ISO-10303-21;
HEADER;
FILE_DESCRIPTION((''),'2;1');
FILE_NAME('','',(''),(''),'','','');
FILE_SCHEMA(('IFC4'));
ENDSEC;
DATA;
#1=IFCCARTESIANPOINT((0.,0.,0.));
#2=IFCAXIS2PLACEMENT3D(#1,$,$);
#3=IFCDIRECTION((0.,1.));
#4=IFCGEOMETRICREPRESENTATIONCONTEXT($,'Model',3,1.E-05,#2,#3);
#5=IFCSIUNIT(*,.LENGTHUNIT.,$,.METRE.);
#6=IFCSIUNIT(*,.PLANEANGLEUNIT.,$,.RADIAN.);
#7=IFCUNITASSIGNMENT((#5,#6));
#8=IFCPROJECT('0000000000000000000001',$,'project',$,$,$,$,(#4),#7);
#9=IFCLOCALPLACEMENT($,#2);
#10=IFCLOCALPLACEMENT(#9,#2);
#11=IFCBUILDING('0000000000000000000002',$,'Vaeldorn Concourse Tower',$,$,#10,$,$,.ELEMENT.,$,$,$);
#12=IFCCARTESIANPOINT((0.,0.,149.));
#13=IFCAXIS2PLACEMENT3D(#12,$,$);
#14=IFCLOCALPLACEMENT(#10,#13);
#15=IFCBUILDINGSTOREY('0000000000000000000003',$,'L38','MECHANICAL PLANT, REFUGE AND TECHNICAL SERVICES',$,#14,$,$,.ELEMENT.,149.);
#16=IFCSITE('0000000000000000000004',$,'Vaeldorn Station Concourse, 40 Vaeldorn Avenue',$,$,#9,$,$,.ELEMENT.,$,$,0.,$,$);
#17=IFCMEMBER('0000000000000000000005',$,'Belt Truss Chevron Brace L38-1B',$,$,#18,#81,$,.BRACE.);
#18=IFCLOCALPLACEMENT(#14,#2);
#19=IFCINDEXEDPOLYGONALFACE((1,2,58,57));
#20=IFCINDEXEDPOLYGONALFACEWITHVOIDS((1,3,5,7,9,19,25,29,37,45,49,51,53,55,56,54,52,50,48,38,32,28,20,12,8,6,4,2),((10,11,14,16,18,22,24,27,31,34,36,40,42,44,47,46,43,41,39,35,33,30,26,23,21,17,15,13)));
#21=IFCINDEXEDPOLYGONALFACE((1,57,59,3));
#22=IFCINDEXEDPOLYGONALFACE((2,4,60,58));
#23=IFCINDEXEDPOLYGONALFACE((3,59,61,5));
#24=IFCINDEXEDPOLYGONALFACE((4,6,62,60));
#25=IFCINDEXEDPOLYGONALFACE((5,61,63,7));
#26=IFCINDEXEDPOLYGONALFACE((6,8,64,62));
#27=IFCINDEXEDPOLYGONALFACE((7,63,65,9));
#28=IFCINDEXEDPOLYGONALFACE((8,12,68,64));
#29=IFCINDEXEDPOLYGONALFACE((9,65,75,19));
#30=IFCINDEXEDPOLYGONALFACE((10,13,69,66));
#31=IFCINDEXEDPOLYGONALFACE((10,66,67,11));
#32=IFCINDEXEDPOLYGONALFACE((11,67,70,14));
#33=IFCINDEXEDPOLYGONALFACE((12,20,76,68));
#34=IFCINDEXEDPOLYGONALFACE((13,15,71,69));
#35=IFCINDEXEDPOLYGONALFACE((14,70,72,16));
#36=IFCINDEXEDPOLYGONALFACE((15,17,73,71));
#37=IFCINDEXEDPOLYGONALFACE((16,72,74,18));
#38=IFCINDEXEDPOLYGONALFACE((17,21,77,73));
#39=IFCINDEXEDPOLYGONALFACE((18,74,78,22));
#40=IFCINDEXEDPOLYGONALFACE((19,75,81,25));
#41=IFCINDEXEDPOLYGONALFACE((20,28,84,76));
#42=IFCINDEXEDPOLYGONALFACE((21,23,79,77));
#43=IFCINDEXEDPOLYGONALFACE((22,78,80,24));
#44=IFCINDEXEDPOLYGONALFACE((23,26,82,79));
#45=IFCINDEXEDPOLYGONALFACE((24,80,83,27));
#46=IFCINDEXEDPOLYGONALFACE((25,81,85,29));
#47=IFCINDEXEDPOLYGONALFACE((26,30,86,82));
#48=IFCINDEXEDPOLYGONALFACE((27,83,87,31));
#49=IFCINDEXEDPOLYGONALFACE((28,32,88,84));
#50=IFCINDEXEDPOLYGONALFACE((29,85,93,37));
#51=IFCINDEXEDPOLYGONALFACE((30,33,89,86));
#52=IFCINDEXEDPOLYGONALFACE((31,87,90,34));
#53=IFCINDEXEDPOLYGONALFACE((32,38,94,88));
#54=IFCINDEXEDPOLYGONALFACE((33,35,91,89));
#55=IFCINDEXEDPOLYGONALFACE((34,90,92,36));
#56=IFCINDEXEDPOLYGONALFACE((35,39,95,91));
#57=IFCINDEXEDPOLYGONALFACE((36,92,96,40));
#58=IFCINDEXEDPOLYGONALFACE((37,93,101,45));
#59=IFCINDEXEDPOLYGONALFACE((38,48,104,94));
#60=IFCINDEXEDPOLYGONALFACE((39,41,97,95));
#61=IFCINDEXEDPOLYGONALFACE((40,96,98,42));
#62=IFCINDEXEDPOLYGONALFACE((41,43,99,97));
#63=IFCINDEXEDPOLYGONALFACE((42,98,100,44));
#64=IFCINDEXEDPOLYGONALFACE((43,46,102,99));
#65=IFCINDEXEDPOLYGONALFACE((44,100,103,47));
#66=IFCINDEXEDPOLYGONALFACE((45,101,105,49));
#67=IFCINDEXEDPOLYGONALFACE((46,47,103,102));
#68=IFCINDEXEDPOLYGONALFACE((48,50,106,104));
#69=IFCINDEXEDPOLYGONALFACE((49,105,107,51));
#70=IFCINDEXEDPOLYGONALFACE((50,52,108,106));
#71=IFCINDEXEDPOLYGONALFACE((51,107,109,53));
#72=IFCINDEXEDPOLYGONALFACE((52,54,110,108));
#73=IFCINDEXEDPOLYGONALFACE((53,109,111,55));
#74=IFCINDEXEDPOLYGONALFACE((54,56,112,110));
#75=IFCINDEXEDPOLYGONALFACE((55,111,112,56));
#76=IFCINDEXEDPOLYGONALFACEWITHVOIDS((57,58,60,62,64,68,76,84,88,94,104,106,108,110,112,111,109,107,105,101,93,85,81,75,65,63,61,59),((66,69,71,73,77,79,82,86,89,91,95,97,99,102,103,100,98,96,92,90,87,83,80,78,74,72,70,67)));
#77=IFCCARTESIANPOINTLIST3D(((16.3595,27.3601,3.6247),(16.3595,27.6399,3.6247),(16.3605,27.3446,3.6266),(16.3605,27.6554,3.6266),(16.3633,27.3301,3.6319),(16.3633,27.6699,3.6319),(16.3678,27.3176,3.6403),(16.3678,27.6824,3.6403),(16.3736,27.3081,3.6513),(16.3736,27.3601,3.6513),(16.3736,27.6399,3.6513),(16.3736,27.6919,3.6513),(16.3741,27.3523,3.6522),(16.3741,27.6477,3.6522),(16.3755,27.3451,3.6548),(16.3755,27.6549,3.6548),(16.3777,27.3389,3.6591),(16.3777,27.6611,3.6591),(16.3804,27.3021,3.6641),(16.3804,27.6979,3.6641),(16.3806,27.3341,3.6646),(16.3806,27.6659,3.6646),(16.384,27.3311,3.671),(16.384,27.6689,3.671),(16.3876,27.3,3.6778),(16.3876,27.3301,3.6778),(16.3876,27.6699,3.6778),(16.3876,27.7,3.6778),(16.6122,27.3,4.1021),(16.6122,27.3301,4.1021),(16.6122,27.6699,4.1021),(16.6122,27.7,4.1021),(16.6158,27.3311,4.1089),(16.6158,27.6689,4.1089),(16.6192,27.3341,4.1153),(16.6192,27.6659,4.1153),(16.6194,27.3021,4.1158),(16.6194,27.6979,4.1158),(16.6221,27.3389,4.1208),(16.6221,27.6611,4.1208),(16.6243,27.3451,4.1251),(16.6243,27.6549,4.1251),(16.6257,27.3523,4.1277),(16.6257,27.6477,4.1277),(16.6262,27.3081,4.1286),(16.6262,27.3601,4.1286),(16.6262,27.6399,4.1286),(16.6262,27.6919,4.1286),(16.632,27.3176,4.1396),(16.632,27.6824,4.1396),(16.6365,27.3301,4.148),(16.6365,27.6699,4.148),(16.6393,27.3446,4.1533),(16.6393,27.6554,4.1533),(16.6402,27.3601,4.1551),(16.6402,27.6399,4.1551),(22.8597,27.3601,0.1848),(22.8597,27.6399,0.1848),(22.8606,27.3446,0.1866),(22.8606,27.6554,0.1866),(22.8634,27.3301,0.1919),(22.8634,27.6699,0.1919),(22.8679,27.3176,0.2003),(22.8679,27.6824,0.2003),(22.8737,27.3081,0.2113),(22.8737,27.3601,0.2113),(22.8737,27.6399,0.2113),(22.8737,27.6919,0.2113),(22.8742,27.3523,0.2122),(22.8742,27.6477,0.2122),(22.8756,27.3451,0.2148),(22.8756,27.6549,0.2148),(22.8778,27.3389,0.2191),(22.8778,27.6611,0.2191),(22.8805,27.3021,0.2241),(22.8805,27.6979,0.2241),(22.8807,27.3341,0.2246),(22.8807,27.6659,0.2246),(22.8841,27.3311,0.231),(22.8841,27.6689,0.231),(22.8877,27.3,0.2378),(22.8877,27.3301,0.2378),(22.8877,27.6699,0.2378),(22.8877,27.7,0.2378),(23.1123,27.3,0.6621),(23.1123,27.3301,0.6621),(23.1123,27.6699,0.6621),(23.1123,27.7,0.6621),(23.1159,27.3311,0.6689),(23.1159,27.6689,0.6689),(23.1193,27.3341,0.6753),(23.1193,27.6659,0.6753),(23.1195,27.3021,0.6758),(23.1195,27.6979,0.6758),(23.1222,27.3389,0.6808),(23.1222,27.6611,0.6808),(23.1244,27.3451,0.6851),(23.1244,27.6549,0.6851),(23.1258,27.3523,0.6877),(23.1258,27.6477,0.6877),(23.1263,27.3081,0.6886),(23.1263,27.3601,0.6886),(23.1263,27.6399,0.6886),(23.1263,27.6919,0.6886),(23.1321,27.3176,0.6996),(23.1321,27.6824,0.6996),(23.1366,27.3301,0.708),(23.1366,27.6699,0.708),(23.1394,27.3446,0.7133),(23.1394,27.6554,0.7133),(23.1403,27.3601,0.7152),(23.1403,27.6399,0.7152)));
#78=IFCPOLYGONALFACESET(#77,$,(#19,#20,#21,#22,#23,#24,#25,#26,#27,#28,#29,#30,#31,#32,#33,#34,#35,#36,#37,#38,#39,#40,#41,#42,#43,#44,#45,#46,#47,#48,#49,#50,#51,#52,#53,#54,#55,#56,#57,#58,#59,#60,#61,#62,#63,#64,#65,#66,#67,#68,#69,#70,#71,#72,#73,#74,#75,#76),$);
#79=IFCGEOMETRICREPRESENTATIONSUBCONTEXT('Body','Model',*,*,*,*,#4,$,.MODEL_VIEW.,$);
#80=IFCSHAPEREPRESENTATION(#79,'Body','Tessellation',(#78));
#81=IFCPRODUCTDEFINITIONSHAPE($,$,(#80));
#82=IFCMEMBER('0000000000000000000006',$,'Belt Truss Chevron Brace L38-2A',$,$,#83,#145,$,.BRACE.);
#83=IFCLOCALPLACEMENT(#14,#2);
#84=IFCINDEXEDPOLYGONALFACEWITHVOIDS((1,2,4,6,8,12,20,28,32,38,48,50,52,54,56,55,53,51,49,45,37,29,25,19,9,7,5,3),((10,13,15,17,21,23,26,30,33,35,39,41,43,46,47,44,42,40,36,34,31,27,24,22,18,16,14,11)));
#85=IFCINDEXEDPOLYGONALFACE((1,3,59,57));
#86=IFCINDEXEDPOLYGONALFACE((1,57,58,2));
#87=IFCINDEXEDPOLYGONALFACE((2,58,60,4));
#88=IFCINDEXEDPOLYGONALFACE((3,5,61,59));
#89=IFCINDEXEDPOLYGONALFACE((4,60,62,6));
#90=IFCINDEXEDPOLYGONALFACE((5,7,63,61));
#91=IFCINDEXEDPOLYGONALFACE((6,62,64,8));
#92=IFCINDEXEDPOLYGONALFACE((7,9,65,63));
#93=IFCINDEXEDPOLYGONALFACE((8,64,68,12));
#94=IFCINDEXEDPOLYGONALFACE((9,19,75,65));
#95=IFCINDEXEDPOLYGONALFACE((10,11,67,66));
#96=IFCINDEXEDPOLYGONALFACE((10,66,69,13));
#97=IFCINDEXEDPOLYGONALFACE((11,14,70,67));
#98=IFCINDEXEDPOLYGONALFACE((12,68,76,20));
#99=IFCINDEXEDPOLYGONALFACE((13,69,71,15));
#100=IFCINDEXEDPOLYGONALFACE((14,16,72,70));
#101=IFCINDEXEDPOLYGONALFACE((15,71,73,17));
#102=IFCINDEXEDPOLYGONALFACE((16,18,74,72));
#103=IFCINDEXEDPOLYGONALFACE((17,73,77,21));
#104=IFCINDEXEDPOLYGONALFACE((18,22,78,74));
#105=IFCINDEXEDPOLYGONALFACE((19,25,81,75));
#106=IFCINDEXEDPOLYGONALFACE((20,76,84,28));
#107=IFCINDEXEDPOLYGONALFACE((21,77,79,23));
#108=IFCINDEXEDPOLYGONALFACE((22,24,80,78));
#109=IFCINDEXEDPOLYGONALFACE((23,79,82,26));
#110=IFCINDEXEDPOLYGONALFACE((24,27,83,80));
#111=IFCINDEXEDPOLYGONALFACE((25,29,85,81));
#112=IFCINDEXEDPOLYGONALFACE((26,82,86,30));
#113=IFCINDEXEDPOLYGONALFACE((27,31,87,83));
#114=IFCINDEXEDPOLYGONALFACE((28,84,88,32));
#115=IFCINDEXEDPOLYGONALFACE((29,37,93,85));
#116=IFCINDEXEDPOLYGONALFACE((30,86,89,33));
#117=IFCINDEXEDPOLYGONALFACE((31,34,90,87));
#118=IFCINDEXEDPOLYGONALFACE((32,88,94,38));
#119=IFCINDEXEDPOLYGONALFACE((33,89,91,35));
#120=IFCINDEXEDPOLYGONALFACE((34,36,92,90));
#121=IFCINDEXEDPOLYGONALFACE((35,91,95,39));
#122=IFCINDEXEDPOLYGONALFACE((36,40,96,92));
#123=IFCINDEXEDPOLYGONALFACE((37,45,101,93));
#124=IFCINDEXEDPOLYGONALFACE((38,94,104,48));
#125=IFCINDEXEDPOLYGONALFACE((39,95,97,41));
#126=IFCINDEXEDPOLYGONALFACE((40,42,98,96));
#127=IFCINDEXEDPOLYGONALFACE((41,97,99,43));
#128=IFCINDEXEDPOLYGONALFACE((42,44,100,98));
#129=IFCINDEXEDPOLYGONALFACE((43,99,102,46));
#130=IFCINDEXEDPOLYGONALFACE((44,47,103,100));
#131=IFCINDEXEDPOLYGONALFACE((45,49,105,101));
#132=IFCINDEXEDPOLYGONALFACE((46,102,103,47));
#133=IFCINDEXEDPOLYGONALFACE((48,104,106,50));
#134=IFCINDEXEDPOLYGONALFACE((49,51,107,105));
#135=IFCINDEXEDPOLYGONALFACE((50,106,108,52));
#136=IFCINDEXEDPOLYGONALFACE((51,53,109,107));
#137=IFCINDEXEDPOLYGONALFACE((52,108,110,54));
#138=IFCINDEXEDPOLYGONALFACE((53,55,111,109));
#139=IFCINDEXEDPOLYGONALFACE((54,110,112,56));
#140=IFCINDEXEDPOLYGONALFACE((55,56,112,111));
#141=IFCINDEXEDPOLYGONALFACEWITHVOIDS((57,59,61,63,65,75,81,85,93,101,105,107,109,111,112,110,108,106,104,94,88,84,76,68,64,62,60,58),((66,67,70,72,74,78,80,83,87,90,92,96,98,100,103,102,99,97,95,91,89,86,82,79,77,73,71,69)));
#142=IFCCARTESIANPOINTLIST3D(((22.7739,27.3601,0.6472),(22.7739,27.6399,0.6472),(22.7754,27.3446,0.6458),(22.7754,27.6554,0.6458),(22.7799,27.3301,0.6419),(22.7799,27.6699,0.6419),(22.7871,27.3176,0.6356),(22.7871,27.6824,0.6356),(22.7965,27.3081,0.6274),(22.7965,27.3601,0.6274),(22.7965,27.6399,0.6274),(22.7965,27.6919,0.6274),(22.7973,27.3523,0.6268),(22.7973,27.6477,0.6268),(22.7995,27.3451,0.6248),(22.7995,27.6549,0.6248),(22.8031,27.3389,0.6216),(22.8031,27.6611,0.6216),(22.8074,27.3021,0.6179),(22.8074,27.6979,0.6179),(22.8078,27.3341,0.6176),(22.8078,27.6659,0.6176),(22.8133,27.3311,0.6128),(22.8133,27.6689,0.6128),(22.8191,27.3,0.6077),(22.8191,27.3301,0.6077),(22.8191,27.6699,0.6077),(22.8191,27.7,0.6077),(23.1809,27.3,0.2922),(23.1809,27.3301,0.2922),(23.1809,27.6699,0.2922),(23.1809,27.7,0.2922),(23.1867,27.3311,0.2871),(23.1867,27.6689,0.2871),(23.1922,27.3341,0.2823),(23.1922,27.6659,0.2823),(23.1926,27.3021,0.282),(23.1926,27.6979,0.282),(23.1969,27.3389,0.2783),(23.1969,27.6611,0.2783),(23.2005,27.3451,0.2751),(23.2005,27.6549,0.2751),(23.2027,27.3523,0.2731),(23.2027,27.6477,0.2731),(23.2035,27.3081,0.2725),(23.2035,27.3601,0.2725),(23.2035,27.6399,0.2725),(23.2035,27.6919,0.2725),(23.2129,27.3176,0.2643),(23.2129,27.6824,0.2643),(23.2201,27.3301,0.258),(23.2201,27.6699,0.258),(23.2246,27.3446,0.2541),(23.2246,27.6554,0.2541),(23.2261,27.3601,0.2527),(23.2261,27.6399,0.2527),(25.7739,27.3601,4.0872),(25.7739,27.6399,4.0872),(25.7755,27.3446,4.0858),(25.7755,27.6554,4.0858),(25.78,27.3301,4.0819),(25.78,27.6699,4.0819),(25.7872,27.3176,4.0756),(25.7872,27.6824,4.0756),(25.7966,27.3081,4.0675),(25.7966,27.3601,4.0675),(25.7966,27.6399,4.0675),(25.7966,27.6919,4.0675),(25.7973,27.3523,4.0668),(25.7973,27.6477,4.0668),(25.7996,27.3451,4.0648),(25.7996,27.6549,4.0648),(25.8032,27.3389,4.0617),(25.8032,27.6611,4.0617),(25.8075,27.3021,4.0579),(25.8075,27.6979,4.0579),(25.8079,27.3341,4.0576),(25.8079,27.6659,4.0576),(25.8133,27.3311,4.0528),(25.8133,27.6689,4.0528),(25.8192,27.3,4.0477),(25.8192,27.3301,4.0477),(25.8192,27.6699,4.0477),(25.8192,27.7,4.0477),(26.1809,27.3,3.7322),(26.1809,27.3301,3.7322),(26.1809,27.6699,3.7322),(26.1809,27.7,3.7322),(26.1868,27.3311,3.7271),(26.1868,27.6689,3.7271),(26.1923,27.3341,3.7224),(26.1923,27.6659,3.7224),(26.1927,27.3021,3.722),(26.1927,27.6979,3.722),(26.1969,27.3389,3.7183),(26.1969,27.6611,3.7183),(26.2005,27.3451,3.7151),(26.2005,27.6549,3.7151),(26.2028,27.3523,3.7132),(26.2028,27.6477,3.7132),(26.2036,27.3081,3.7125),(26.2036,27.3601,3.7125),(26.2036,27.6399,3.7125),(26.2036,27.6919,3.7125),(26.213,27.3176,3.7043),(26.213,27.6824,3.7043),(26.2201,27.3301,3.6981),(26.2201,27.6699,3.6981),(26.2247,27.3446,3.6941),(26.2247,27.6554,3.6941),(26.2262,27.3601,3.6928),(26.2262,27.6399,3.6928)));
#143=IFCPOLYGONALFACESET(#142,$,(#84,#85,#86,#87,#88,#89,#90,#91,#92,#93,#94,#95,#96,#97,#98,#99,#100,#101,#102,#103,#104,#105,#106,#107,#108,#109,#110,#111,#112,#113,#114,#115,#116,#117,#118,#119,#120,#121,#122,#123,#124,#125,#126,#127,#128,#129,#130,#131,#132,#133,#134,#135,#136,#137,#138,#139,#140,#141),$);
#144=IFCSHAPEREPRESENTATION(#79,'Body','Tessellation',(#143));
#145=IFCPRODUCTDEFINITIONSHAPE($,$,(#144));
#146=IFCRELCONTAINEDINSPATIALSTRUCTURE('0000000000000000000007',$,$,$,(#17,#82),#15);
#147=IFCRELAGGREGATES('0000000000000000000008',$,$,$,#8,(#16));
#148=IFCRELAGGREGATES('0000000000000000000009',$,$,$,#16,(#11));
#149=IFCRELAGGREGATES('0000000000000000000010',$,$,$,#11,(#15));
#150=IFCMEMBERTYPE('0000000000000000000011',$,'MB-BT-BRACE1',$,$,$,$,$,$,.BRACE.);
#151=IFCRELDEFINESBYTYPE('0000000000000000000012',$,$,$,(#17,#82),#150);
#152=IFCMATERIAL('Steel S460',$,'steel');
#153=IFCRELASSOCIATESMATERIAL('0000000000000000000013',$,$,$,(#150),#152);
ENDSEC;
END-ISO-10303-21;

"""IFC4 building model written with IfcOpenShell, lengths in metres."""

from ifc_helpers import new_model, si_unit, direction, frame, origin, origin_2d, place, context, subcontext, project, spatial, hollow_rectangle, extrude, source, transform, mapped, material, material_profile, profile_set, type_object, element, save


model = new_model("IFC4")

# Units and contexts
model_context = context("Model", 3, precision=1e-05, world=origin(), true_north=direction((0.0, 1.0)))
body_context = subcontext(model_context, "Body", "Model", "MODEL_VIEW")
ifc_project = project(units=[si_unit("LENGTHUNIT", "METRE"), si_unit("PLANEANGLEUNIT", "RADIAN")], contexts=[model_context])

# Site, building, storey
site_placement = place(None, origin())
site = spatial("IfcSite", under=ifc_project, at=site_placement, Name="Vaeldorn Station Concourse, 40 Vaeldorn Avenue", CompositionType="ELEMENT", RefElevation=0.0)
building_placement = place(site_placement, origin())
building = spatial("IfcBuilding", under=site, at=building_placement, Name="Vaeldorn Concourse Tower", CompositionType="ELEMENT")
storey_placement = place(building_placement, frame((0.0, 0.0, 149.0)))
storey = spatial("IfcBuildingStorey", under=building, at=storey_placement, Name="L38", Description="MECHANICAL PLANT, REFUGE AND TECHNICAL SERVICES", CompositionType="ELEMENT", Elevation=149.0)

# Shared definitions
ifc_material_1 = material(Name="Steel S460", Category="steel")

# Members
ifc_material_profile_1 = material_profile(ifc_material_1, hollow_rectangle(XDim=0.3999, YDim=0.6001, WallThickness=0.03, InnerFilletRadius=0.03, OuterFilletRadius=0.0601, at=origin_2d()), Name="RHS 600x400x30")
ifc_profile_set_1 = profile_set([ifc_material_profile_1], Name="Steel S460")
member_type_1 = type_object("IfcMemberType", Name="MB-BT-BRACE1", PredefinedType="BRACE", material=ifc_profile_set_1)
shared_shape_1 = source(origin(), body_context, "Body", "SweptSolid", [
    extrude(hollow_rectangle(XDim=0.3999, YDim=0.6001, WallThickness=0.03, InnerFilletRadius=0.03, OuterFilletRadius=0.0601, at=origin_2d()), origin(), (0.0, 0.0, 1.0), 7.3542),
])
member_1_placement = place(storey_placement, frame((23.0, 27.5, 0.45), z_axis=(-0.883857, 0.0, 0.467757), x_axis=(0.0, -1.0, 0.0)))
element("IfcMember", 1, at=member_1_placement, inside=storey, type_object=member_type_1, Name="Belt Truss Chevron Brace L38-1B", PredefinedType="BRACE", context=body_context, shape_type="MappedRepresentation", body=[
    mapped(shared_shape_1, transform((0.0, 0.0, 0.0), scale=1.0)),
])
shared_shape_2 = source(origin(), body_context, "Body", "SweptSolid", [
    extrude(hollow_rectangle(XDim=0.3999, YDim=0.6001, WallThickness=0.03, InnerFilletRadius=0.03, OuterFilletRadius=0.0601, at=origin_2d()), origin(), (0.0, 0.0, 1.0), 4.5645),
])
for number, where, z_axis, x_axis, name in (
    (2, (23.0, 27.5, 0.45), (0.657269, 0.0, 0.753656), (0.0, 1.0, 0.0), "Belt Truss Chevron Brace L38-2A"),
):
    element("IfcMember", number, at=place(storey_placement, frame(where, z_axis=z_axis, x_axis=x_axis)), inside=storey, type_object=member_type_1, Name=name, PredefinedType="BRACE", context=body_context, shape_type="MappedRepresentation", body=[
        mapped(shared_shape_2, transform((0.0, 0.0, 0.0), scale=1.0)),
    ])

save(model, "model.ifc")
